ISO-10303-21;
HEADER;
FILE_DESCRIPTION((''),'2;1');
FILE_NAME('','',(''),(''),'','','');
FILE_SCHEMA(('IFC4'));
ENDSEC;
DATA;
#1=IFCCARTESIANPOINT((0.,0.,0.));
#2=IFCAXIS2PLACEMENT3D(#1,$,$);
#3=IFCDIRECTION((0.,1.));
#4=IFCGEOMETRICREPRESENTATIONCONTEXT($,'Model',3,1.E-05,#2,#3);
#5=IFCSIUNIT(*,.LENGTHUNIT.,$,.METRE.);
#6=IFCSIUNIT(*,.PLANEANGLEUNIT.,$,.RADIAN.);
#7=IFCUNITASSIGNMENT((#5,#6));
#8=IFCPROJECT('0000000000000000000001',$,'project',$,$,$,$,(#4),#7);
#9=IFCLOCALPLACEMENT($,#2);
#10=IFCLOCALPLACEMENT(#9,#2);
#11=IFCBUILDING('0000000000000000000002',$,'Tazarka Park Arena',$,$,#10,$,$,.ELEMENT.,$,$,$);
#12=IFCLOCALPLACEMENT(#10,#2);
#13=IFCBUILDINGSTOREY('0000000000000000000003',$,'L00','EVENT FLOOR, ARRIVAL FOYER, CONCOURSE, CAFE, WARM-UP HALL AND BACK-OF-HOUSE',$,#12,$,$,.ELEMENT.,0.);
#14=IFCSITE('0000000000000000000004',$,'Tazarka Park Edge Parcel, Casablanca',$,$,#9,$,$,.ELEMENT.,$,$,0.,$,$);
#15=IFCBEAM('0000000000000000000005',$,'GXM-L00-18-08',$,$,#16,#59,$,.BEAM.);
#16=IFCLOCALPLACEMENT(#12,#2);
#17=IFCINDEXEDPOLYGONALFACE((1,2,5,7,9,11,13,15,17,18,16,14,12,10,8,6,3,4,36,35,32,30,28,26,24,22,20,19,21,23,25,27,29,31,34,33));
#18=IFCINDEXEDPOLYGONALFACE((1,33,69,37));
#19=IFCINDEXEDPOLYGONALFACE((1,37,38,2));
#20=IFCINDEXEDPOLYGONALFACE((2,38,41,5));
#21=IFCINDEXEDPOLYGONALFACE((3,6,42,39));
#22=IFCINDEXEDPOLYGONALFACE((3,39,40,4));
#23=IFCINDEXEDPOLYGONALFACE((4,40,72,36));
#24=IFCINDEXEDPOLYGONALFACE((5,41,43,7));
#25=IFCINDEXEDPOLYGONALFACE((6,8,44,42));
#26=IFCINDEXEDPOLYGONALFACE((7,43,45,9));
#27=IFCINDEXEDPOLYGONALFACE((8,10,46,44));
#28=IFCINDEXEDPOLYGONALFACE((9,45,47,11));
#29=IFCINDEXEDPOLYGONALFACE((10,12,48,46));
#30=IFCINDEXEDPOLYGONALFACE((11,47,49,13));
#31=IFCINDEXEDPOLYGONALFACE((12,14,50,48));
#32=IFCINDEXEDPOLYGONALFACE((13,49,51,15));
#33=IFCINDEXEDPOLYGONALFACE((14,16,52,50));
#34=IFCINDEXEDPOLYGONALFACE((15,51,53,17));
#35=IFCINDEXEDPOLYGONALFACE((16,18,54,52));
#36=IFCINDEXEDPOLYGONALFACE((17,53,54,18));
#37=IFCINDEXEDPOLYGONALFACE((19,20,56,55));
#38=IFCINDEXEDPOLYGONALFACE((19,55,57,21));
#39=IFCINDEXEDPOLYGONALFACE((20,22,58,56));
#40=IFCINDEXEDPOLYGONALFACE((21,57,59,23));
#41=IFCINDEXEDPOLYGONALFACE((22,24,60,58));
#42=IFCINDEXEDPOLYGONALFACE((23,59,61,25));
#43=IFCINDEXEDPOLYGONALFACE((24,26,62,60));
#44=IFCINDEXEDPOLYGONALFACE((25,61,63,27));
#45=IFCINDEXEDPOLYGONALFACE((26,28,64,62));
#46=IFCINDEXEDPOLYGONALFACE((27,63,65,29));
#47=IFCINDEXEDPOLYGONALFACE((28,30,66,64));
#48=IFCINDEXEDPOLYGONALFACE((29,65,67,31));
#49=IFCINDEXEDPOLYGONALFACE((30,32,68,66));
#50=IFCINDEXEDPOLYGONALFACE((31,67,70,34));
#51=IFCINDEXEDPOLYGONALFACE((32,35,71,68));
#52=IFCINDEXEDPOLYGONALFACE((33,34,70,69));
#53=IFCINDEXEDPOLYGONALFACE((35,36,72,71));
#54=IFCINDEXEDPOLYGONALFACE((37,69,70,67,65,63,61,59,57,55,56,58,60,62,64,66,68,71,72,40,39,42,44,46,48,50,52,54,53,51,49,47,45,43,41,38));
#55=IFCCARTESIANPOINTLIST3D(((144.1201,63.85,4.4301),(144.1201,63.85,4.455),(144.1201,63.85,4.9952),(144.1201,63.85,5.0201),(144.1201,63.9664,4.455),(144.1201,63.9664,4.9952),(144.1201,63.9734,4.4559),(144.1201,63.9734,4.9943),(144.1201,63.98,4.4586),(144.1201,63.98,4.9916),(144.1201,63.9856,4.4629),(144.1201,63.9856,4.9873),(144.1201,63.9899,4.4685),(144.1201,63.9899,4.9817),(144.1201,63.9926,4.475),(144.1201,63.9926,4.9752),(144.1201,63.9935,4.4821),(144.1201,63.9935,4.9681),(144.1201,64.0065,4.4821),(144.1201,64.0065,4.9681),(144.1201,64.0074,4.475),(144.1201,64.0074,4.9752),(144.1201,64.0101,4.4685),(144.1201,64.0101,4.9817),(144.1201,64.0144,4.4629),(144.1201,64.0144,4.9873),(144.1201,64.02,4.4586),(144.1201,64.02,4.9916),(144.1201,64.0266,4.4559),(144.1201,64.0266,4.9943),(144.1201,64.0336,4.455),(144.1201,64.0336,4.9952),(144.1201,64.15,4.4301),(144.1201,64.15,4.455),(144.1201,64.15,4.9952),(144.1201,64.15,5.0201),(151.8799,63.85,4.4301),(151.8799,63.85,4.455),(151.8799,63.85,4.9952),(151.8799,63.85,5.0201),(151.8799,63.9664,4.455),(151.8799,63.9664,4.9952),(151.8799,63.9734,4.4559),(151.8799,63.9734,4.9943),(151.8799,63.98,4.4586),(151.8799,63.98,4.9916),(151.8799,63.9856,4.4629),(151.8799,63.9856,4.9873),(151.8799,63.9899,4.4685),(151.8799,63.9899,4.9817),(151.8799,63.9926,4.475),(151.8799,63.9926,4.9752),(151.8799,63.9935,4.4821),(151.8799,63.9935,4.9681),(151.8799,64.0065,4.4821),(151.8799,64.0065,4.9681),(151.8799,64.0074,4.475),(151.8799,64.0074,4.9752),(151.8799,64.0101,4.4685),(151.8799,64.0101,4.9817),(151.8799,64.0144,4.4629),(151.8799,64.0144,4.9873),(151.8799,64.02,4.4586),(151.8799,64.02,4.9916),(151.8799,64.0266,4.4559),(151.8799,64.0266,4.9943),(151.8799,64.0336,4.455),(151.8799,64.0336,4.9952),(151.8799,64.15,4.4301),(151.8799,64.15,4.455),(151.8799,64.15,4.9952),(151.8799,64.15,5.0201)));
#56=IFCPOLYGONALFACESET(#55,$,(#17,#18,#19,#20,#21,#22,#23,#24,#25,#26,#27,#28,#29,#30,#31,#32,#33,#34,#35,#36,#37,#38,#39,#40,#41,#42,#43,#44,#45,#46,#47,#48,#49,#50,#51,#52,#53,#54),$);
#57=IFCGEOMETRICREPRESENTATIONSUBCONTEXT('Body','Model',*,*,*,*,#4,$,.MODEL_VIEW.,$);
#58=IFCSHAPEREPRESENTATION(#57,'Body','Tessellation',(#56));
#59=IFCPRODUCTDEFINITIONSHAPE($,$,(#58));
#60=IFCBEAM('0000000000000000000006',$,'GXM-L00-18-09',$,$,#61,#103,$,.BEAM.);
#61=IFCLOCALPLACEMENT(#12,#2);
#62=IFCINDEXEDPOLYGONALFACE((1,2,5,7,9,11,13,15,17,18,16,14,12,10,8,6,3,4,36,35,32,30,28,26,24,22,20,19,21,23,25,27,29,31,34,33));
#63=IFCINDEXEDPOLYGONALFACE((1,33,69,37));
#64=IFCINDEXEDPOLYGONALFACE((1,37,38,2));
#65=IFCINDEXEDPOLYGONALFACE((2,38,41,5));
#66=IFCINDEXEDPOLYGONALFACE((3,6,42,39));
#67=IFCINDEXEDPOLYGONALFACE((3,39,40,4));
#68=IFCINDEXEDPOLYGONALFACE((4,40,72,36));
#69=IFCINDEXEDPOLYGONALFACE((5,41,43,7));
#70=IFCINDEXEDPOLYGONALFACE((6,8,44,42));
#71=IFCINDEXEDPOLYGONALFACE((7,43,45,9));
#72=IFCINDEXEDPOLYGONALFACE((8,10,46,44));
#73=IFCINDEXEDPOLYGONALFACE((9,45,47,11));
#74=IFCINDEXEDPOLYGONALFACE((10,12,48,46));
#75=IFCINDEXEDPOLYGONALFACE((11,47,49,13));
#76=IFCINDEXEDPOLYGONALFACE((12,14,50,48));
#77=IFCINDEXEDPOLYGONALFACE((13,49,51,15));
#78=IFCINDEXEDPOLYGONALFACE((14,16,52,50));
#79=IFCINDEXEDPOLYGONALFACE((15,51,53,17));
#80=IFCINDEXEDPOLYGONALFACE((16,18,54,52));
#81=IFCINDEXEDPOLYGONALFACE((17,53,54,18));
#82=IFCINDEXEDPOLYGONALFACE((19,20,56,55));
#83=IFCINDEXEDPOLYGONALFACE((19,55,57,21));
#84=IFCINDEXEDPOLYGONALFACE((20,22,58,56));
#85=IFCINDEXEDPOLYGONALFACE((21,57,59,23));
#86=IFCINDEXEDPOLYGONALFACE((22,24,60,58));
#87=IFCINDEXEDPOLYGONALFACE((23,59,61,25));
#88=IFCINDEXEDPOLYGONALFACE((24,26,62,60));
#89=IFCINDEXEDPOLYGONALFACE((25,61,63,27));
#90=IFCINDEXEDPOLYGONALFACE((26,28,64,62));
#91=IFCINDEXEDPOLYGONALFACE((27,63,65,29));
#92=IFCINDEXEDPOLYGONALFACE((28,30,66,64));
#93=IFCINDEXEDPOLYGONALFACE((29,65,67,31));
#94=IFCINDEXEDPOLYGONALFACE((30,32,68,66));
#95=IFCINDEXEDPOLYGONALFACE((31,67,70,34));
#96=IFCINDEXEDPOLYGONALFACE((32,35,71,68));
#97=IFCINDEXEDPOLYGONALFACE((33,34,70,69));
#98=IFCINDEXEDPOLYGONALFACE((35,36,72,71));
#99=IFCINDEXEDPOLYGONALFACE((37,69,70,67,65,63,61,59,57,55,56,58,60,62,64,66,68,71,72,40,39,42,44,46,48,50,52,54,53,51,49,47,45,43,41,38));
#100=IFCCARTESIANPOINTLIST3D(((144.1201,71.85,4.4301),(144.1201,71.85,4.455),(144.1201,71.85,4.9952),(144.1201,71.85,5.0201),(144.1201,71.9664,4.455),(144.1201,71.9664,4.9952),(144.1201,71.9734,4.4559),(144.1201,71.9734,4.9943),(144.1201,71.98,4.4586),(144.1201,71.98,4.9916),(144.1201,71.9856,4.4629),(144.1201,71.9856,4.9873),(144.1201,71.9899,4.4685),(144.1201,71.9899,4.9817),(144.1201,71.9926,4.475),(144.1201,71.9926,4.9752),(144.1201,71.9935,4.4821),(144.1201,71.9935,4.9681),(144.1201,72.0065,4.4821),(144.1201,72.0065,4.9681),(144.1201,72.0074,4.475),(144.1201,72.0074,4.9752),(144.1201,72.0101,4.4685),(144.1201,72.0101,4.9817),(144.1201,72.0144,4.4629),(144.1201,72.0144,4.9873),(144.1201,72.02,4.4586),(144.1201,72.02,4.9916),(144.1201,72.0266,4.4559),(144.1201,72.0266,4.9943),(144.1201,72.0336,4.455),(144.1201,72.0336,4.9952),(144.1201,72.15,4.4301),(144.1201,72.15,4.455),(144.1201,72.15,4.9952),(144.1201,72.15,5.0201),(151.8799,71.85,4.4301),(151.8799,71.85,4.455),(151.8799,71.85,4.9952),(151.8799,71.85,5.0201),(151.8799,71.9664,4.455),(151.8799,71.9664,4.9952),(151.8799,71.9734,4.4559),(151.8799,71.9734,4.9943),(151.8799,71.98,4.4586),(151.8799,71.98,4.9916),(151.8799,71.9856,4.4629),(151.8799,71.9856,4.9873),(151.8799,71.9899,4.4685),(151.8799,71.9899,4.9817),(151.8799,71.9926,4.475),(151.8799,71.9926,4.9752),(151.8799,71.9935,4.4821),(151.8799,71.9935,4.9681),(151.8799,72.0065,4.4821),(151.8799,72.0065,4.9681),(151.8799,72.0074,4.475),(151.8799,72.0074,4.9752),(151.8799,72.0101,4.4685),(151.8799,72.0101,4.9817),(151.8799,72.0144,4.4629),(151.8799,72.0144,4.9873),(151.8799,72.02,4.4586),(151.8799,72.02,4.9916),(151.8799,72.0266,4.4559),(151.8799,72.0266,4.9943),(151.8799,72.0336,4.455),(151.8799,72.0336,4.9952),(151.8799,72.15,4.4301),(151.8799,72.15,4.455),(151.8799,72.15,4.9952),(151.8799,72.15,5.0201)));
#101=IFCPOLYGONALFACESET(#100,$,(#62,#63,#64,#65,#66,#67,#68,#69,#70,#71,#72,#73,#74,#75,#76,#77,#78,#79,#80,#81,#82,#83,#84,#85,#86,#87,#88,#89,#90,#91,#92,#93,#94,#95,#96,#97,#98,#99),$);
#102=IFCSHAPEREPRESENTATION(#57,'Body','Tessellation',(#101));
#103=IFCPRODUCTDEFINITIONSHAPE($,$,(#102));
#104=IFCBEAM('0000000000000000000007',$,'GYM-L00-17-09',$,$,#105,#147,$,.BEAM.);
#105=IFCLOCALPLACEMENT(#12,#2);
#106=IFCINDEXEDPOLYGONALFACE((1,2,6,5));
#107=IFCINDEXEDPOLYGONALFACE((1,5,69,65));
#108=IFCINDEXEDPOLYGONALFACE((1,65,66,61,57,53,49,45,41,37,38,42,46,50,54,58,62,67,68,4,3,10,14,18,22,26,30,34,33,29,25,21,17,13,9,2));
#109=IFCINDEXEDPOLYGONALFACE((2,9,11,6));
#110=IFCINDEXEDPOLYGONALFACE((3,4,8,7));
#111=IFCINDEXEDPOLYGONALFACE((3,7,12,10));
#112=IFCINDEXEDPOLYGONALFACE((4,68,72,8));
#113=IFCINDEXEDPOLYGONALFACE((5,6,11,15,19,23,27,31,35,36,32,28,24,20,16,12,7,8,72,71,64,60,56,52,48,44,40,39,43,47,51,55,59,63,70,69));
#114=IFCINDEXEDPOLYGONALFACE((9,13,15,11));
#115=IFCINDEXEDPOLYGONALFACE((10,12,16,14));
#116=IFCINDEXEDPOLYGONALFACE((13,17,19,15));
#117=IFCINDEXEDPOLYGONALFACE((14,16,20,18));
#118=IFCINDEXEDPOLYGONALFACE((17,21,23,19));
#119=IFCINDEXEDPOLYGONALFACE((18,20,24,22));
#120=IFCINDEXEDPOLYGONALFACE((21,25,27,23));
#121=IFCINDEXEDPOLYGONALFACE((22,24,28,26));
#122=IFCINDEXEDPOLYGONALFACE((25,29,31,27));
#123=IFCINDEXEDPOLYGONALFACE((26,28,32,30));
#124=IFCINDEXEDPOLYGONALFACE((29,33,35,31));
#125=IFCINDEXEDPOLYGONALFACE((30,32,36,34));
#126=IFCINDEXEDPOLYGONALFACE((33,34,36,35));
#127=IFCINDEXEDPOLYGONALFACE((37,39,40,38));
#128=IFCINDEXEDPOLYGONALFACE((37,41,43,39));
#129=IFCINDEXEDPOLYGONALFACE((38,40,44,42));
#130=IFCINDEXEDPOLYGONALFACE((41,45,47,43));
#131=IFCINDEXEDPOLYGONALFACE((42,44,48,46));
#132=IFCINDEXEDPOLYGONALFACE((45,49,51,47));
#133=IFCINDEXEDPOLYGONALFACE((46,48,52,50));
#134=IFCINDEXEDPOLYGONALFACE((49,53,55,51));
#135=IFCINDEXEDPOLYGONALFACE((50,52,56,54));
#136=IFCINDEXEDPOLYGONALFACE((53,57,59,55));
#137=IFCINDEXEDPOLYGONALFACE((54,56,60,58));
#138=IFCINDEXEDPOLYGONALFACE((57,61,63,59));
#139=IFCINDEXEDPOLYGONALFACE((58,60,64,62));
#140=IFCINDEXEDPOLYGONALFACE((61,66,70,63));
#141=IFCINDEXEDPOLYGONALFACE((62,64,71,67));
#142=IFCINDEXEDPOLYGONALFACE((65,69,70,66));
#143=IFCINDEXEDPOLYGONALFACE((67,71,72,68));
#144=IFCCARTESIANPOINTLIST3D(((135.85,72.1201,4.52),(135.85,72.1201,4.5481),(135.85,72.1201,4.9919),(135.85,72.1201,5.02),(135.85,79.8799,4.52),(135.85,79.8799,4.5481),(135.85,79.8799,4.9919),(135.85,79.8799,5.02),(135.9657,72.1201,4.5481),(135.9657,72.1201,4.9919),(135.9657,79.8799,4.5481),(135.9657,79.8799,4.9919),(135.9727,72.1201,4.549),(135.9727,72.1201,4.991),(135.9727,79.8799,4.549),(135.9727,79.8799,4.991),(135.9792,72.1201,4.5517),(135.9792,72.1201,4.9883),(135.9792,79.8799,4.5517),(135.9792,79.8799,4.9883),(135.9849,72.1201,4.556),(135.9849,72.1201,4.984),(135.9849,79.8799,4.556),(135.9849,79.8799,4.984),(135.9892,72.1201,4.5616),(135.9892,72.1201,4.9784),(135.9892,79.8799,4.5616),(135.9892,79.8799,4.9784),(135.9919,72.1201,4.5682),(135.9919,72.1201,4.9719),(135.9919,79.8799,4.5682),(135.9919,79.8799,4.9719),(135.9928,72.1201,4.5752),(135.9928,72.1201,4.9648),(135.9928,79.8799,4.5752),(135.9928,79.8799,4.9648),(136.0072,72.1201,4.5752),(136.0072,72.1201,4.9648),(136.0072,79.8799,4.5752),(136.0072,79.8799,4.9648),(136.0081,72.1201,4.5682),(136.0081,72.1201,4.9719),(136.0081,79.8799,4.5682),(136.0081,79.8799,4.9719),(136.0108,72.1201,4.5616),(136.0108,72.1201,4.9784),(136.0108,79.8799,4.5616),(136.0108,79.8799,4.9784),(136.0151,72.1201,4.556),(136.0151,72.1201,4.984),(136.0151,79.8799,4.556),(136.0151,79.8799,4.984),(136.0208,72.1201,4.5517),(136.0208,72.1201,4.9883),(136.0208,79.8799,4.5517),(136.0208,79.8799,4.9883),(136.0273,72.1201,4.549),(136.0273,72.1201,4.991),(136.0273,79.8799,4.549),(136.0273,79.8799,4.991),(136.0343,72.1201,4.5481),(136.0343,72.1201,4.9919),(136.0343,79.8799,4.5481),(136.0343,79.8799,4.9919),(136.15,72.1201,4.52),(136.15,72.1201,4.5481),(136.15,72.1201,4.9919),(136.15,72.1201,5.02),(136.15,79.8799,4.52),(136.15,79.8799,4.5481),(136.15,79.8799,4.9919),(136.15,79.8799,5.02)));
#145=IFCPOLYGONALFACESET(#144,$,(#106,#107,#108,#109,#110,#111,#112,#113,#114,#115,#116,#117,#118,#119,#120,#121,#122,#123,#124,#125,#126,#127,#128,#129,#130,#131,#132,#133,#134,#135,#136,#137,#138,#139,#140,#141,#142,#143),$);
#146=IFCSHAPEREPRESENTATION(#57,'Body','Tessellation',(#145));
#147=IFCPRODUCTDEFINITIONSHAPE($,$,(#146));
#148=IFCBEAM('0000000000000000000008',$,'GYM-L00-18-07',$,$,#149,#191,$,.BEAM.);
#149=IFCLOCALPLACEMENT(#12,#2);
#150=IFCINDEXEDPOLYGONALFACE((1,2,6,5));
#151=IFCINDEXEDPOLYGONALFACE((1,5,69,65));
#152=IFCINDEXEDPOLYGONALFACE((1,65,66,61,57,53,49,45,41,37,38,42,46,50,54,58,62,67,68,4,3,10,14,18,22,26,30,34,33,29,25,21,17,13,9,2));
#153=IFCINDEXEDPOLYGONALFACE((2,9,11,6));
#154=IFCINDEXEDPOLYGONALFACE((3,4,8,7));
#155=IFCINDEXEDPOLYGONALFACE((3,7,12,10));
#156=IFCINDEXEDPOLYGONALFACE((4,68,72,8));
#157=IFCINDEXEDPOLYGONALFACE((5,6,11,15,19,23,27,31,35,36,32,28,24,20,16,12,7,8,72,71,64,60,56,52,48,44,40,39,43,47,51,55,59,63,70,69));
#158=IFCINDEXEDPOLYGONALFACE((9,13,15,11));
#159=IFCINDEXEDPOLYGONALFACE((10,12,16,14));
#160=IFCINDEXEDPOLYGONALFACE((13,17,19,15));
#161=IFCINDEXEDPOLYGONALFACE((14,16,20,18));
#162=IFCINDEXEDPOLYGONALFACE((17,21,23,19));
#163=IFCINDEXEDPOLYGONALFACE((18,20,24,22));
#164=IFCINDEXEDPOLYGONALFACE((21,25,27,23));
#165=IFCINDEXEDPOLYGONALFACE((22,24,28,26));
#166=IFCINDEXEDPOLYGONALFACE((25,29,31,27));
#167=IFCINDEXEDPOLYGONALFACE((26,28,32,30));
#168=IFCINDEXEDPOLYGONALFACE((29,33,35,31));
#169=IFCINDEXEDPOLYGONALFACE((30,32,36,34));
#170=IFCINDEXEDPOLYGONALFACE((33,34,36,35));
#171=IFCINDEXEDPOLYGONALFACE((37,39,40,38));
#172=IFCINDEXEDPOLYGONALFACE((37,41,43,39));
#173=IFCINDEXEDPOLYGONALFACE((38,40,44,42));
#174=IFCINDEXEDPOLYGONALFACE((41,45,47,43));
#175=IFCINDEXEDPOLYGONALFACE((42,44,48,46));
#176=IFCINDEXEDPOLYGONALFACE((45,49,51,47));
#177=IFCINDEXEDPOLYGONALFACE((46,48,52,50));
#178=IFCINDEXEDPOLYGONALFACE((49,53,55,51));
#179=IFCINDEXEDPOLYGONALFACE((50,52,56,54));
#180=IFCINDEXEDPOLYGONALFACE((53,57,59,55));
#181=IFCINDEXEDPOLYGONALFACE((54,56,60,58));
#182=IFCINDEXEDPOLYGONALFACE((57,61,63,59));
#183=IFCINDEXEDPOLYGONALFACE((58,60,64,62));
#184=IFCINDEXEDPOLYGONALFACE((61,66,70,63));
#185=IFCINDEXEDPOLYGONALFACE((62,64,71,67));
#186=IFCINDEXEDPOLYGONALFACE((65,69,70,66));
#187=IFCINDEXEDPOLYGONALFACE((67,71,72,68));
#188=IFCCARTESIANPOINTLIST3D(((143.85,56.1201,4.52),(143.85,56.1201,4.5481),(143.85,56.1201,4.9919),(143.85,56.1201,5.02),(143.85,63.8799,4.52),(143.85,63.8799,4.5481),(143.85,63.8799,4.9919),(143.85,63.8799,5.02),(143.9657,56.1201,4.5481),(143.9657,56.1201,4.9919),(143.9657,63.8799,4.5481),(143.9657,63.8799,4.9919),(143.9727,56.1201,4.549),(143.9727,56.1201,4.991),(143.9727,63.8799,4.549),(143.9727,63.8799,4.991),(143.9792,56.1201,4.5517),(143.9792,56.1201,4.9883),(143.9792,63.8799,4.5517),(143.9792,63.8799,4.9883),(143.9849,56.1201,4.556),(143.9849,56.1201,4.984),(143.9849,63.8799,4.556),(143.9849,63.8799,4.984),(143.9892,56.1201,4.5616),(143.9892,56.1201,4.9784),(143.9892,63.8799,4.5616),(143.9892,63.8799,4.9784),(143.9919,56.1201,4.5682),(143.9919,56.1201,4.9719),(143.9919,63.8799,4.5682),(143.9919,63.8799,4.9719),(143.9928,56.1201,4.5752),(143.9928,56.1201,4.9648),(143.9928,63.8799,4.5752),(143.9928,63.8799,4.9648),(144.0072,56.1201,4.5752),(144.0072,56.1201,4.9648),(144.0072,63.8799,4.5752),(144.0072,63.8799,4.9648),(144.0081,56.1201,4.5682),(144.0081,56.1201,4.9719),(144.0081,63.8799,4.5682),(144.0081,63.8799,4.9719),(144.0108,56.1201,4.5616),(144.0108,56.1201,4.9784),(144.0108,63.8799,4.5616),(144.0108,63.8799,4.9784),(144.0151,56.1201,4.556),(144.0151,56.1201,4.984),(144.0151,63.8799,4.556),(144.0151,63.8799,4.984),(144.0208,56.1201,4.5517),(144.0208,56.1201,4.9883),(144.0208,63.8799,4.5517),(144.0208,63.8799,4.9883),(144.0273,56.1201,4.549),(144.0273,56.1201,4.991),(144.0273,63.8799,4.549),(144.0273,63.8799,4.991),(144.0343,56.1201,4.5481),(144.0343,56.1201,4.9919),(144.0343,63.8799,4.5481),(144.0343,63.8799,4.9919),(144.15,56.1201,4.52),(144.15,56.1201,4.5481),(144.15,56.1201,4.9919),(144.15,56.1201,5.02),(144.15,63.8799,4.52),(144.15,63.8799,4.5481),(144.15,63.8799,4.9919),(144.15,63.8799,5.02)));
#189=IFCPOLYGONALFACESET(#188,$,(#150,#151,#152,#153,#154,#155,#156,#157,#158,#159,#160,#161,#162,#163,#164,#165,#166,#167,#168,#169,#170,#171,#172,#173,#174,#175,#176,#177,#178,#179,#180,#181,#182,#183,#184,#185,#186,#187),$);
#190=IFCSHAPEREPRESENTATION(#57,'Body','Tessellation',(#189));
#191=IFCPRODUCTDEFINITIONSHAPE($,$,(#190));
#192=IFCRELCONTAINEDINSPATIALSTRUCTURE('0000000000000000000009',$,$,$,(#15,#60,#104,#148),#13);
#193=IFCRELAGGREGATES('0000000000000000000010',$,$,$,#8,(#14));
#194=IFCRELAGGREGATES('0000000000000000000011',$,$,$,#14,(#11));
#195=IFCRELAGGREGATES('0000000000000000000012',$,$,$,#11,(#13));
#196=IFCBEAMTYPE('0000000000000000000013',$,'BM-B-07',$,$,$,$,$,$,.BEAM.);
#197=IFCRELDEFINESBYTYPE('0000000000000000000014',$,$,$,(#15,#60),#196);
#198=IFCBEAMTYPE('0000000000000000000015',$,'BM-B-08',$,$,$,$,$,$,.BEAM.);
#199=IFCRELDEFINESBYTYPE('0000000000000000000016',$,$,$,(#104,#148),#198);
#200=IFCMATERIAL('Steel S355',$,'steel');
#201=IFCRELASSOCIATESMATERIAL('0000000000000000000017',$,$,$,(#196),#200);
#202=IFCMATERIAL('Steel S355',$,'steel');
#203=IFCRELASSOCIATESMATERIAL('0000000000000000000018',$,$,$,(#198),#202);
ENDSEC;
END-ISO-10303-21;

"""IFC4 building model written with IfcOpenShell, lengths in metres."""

from ifc_helpers import new_model, si_unit, direction, frame, origin, origin_2d, place, context, subcontext, project, spatial, i_section, extrude, material, material_profile, profile_set, type_object, element, save


model = new_model("IFC4")

# Units and contexts
model_context = context("Model", 3, precision=1e-05, world=origin(), true_north=direction((0.0, 1.0)))
body_context = subcontext(model_context, "Body", "Model", "MODEL_VIEW")
ifc_project = project(units=[si_unit("LENGTHUNIT", "METRE"), si_unit("PLANEANGLEUNIT", "RADIAN")], contexts=[model_context])

# Site, building, storey
site_placement = place(None, origin())
site = spatial("IfcSite", under=ifc_project, at=site_placement, Name="Tazarka Park Edge Parcel, Casablanca", CompositionType="ELEMENT", RefElevation=0.0)
building_placement = place(site_placement, origin())
building = spatial("IfcBuilding", under=site, at=building_placement, Name="Tazarka Park Arena", CompositionType="ELEMENT")
storey_placement = place(building_placement, origin())
storey = spatial("IfcBuildingStorey", under=building, at=storey_placement, Name="L00", Description="EVENT FLOOR, ARRIVAL FOYER, CONCOURSE, CAFE, WARM-UP HALL AND BACK-OF-HOUSE", CompositionType="ELEMENT", Elevation=0.0)

# Beams
ifc_material_1 = material(Name="Steel S355", Category="steel")
ifc_material_profile_1 = material_profile(ifc_material_1, i_section(OverallWidth=0.3, OverallDepth=0.5901, WebThickness=0.0129, FlangeThickness=0.0249, FilletRadius=0.0271, at=origin_2d()), Name="Steel S355")
ifc_profile_set_1 = profile_set([ifc_material_profile_1], Name="Steel S355")
beam_type_1 = type_object("IfcBeamType", Name="BM-B-07", PredefinedType="BEAM", material=ifc_profile_set_1)
for number, where, z_axis, x_axis, name in (
    (1, (144.1201, 64.0, 4.7251), (1.0, 0.0, 0.0), (0.0, 1.0, 0.0), "GXM-L00-18-08"),
    (2, (144.1201, 72.0, 4.7251), (1.0, 0.0, 0.0), (0.0, 1.0, 0.0), "GXM-L00-18-09"),
):
    element("IfcBeam", number, at=place(storey_placement, frame(where, z_axis=z_axis, x_axis=x_axis)), inside=storey, type_object=beam_type_1, Name=name, PredefinedType="BEAM", context=body_context, shape_type="SweptSolid", body=[
        extrude(i_section(OverallWidth=0.3, OverallDepth=0.5901, WebThickness=0.0129, FlangeThickness=0.0249, FilletRadius=0.0271, at=origin_2d()), origin(), (0.0, 0.0, 1.0), 7.7598),
    ])
ifc_material_2 = material(Name="Steel S355", Category="steel")
ifc_material_profile_2 = material_profile(ifc_material_2, i_section(OverallWidth=0.3, OverallDepth=0.5, WebThickness=0.0144, FlangeThickness=0.0281, FilletRadius=0.0271, at=origin_2d()), Name="Steel S355")
ifc_profile_set_2 = profile_set([ifc_material_profile_2], Name="Steel S355")
beam_type_2 = type_object("IfcBeamType", Name="BM-B-08", PredefinedType="BEAM", material=ifc_profile_set_2)
for number, where, z_axis, x_axis, name in (
    (3, (136.0, 72.1201, 4.77), (0.0, 1.0, 0.0), (-1.0, 0.0, 0.0), "GYM-L00-17-09"),
    (4, (144.0, 56.1201, 4.77), (0.0, 1.0, 0.0), (-1.0, 0.0, 0.0), "GYM-L00-18-07"),
):
    element("IfcBeam", number, at=place(storey_placement, frame(where, z_axis=z_axis, x_axis=x_axis)), inside=storey, type_object=beam_type_2, Name=name, PredefinedType="BEAM", context=body_context, shape_type="SweptSolid", body=[
        extrude(i_section(OverallWidth=0.3, OverallDepth=0.5, WebThickness=0.0144, FlangeThickness=0.0281, FilletRadius=0.0271, at=origin_2d()), origin(), (0.0, 0.0, 1.0), 7.7598),
    ])

save(model, "model.ifc")
